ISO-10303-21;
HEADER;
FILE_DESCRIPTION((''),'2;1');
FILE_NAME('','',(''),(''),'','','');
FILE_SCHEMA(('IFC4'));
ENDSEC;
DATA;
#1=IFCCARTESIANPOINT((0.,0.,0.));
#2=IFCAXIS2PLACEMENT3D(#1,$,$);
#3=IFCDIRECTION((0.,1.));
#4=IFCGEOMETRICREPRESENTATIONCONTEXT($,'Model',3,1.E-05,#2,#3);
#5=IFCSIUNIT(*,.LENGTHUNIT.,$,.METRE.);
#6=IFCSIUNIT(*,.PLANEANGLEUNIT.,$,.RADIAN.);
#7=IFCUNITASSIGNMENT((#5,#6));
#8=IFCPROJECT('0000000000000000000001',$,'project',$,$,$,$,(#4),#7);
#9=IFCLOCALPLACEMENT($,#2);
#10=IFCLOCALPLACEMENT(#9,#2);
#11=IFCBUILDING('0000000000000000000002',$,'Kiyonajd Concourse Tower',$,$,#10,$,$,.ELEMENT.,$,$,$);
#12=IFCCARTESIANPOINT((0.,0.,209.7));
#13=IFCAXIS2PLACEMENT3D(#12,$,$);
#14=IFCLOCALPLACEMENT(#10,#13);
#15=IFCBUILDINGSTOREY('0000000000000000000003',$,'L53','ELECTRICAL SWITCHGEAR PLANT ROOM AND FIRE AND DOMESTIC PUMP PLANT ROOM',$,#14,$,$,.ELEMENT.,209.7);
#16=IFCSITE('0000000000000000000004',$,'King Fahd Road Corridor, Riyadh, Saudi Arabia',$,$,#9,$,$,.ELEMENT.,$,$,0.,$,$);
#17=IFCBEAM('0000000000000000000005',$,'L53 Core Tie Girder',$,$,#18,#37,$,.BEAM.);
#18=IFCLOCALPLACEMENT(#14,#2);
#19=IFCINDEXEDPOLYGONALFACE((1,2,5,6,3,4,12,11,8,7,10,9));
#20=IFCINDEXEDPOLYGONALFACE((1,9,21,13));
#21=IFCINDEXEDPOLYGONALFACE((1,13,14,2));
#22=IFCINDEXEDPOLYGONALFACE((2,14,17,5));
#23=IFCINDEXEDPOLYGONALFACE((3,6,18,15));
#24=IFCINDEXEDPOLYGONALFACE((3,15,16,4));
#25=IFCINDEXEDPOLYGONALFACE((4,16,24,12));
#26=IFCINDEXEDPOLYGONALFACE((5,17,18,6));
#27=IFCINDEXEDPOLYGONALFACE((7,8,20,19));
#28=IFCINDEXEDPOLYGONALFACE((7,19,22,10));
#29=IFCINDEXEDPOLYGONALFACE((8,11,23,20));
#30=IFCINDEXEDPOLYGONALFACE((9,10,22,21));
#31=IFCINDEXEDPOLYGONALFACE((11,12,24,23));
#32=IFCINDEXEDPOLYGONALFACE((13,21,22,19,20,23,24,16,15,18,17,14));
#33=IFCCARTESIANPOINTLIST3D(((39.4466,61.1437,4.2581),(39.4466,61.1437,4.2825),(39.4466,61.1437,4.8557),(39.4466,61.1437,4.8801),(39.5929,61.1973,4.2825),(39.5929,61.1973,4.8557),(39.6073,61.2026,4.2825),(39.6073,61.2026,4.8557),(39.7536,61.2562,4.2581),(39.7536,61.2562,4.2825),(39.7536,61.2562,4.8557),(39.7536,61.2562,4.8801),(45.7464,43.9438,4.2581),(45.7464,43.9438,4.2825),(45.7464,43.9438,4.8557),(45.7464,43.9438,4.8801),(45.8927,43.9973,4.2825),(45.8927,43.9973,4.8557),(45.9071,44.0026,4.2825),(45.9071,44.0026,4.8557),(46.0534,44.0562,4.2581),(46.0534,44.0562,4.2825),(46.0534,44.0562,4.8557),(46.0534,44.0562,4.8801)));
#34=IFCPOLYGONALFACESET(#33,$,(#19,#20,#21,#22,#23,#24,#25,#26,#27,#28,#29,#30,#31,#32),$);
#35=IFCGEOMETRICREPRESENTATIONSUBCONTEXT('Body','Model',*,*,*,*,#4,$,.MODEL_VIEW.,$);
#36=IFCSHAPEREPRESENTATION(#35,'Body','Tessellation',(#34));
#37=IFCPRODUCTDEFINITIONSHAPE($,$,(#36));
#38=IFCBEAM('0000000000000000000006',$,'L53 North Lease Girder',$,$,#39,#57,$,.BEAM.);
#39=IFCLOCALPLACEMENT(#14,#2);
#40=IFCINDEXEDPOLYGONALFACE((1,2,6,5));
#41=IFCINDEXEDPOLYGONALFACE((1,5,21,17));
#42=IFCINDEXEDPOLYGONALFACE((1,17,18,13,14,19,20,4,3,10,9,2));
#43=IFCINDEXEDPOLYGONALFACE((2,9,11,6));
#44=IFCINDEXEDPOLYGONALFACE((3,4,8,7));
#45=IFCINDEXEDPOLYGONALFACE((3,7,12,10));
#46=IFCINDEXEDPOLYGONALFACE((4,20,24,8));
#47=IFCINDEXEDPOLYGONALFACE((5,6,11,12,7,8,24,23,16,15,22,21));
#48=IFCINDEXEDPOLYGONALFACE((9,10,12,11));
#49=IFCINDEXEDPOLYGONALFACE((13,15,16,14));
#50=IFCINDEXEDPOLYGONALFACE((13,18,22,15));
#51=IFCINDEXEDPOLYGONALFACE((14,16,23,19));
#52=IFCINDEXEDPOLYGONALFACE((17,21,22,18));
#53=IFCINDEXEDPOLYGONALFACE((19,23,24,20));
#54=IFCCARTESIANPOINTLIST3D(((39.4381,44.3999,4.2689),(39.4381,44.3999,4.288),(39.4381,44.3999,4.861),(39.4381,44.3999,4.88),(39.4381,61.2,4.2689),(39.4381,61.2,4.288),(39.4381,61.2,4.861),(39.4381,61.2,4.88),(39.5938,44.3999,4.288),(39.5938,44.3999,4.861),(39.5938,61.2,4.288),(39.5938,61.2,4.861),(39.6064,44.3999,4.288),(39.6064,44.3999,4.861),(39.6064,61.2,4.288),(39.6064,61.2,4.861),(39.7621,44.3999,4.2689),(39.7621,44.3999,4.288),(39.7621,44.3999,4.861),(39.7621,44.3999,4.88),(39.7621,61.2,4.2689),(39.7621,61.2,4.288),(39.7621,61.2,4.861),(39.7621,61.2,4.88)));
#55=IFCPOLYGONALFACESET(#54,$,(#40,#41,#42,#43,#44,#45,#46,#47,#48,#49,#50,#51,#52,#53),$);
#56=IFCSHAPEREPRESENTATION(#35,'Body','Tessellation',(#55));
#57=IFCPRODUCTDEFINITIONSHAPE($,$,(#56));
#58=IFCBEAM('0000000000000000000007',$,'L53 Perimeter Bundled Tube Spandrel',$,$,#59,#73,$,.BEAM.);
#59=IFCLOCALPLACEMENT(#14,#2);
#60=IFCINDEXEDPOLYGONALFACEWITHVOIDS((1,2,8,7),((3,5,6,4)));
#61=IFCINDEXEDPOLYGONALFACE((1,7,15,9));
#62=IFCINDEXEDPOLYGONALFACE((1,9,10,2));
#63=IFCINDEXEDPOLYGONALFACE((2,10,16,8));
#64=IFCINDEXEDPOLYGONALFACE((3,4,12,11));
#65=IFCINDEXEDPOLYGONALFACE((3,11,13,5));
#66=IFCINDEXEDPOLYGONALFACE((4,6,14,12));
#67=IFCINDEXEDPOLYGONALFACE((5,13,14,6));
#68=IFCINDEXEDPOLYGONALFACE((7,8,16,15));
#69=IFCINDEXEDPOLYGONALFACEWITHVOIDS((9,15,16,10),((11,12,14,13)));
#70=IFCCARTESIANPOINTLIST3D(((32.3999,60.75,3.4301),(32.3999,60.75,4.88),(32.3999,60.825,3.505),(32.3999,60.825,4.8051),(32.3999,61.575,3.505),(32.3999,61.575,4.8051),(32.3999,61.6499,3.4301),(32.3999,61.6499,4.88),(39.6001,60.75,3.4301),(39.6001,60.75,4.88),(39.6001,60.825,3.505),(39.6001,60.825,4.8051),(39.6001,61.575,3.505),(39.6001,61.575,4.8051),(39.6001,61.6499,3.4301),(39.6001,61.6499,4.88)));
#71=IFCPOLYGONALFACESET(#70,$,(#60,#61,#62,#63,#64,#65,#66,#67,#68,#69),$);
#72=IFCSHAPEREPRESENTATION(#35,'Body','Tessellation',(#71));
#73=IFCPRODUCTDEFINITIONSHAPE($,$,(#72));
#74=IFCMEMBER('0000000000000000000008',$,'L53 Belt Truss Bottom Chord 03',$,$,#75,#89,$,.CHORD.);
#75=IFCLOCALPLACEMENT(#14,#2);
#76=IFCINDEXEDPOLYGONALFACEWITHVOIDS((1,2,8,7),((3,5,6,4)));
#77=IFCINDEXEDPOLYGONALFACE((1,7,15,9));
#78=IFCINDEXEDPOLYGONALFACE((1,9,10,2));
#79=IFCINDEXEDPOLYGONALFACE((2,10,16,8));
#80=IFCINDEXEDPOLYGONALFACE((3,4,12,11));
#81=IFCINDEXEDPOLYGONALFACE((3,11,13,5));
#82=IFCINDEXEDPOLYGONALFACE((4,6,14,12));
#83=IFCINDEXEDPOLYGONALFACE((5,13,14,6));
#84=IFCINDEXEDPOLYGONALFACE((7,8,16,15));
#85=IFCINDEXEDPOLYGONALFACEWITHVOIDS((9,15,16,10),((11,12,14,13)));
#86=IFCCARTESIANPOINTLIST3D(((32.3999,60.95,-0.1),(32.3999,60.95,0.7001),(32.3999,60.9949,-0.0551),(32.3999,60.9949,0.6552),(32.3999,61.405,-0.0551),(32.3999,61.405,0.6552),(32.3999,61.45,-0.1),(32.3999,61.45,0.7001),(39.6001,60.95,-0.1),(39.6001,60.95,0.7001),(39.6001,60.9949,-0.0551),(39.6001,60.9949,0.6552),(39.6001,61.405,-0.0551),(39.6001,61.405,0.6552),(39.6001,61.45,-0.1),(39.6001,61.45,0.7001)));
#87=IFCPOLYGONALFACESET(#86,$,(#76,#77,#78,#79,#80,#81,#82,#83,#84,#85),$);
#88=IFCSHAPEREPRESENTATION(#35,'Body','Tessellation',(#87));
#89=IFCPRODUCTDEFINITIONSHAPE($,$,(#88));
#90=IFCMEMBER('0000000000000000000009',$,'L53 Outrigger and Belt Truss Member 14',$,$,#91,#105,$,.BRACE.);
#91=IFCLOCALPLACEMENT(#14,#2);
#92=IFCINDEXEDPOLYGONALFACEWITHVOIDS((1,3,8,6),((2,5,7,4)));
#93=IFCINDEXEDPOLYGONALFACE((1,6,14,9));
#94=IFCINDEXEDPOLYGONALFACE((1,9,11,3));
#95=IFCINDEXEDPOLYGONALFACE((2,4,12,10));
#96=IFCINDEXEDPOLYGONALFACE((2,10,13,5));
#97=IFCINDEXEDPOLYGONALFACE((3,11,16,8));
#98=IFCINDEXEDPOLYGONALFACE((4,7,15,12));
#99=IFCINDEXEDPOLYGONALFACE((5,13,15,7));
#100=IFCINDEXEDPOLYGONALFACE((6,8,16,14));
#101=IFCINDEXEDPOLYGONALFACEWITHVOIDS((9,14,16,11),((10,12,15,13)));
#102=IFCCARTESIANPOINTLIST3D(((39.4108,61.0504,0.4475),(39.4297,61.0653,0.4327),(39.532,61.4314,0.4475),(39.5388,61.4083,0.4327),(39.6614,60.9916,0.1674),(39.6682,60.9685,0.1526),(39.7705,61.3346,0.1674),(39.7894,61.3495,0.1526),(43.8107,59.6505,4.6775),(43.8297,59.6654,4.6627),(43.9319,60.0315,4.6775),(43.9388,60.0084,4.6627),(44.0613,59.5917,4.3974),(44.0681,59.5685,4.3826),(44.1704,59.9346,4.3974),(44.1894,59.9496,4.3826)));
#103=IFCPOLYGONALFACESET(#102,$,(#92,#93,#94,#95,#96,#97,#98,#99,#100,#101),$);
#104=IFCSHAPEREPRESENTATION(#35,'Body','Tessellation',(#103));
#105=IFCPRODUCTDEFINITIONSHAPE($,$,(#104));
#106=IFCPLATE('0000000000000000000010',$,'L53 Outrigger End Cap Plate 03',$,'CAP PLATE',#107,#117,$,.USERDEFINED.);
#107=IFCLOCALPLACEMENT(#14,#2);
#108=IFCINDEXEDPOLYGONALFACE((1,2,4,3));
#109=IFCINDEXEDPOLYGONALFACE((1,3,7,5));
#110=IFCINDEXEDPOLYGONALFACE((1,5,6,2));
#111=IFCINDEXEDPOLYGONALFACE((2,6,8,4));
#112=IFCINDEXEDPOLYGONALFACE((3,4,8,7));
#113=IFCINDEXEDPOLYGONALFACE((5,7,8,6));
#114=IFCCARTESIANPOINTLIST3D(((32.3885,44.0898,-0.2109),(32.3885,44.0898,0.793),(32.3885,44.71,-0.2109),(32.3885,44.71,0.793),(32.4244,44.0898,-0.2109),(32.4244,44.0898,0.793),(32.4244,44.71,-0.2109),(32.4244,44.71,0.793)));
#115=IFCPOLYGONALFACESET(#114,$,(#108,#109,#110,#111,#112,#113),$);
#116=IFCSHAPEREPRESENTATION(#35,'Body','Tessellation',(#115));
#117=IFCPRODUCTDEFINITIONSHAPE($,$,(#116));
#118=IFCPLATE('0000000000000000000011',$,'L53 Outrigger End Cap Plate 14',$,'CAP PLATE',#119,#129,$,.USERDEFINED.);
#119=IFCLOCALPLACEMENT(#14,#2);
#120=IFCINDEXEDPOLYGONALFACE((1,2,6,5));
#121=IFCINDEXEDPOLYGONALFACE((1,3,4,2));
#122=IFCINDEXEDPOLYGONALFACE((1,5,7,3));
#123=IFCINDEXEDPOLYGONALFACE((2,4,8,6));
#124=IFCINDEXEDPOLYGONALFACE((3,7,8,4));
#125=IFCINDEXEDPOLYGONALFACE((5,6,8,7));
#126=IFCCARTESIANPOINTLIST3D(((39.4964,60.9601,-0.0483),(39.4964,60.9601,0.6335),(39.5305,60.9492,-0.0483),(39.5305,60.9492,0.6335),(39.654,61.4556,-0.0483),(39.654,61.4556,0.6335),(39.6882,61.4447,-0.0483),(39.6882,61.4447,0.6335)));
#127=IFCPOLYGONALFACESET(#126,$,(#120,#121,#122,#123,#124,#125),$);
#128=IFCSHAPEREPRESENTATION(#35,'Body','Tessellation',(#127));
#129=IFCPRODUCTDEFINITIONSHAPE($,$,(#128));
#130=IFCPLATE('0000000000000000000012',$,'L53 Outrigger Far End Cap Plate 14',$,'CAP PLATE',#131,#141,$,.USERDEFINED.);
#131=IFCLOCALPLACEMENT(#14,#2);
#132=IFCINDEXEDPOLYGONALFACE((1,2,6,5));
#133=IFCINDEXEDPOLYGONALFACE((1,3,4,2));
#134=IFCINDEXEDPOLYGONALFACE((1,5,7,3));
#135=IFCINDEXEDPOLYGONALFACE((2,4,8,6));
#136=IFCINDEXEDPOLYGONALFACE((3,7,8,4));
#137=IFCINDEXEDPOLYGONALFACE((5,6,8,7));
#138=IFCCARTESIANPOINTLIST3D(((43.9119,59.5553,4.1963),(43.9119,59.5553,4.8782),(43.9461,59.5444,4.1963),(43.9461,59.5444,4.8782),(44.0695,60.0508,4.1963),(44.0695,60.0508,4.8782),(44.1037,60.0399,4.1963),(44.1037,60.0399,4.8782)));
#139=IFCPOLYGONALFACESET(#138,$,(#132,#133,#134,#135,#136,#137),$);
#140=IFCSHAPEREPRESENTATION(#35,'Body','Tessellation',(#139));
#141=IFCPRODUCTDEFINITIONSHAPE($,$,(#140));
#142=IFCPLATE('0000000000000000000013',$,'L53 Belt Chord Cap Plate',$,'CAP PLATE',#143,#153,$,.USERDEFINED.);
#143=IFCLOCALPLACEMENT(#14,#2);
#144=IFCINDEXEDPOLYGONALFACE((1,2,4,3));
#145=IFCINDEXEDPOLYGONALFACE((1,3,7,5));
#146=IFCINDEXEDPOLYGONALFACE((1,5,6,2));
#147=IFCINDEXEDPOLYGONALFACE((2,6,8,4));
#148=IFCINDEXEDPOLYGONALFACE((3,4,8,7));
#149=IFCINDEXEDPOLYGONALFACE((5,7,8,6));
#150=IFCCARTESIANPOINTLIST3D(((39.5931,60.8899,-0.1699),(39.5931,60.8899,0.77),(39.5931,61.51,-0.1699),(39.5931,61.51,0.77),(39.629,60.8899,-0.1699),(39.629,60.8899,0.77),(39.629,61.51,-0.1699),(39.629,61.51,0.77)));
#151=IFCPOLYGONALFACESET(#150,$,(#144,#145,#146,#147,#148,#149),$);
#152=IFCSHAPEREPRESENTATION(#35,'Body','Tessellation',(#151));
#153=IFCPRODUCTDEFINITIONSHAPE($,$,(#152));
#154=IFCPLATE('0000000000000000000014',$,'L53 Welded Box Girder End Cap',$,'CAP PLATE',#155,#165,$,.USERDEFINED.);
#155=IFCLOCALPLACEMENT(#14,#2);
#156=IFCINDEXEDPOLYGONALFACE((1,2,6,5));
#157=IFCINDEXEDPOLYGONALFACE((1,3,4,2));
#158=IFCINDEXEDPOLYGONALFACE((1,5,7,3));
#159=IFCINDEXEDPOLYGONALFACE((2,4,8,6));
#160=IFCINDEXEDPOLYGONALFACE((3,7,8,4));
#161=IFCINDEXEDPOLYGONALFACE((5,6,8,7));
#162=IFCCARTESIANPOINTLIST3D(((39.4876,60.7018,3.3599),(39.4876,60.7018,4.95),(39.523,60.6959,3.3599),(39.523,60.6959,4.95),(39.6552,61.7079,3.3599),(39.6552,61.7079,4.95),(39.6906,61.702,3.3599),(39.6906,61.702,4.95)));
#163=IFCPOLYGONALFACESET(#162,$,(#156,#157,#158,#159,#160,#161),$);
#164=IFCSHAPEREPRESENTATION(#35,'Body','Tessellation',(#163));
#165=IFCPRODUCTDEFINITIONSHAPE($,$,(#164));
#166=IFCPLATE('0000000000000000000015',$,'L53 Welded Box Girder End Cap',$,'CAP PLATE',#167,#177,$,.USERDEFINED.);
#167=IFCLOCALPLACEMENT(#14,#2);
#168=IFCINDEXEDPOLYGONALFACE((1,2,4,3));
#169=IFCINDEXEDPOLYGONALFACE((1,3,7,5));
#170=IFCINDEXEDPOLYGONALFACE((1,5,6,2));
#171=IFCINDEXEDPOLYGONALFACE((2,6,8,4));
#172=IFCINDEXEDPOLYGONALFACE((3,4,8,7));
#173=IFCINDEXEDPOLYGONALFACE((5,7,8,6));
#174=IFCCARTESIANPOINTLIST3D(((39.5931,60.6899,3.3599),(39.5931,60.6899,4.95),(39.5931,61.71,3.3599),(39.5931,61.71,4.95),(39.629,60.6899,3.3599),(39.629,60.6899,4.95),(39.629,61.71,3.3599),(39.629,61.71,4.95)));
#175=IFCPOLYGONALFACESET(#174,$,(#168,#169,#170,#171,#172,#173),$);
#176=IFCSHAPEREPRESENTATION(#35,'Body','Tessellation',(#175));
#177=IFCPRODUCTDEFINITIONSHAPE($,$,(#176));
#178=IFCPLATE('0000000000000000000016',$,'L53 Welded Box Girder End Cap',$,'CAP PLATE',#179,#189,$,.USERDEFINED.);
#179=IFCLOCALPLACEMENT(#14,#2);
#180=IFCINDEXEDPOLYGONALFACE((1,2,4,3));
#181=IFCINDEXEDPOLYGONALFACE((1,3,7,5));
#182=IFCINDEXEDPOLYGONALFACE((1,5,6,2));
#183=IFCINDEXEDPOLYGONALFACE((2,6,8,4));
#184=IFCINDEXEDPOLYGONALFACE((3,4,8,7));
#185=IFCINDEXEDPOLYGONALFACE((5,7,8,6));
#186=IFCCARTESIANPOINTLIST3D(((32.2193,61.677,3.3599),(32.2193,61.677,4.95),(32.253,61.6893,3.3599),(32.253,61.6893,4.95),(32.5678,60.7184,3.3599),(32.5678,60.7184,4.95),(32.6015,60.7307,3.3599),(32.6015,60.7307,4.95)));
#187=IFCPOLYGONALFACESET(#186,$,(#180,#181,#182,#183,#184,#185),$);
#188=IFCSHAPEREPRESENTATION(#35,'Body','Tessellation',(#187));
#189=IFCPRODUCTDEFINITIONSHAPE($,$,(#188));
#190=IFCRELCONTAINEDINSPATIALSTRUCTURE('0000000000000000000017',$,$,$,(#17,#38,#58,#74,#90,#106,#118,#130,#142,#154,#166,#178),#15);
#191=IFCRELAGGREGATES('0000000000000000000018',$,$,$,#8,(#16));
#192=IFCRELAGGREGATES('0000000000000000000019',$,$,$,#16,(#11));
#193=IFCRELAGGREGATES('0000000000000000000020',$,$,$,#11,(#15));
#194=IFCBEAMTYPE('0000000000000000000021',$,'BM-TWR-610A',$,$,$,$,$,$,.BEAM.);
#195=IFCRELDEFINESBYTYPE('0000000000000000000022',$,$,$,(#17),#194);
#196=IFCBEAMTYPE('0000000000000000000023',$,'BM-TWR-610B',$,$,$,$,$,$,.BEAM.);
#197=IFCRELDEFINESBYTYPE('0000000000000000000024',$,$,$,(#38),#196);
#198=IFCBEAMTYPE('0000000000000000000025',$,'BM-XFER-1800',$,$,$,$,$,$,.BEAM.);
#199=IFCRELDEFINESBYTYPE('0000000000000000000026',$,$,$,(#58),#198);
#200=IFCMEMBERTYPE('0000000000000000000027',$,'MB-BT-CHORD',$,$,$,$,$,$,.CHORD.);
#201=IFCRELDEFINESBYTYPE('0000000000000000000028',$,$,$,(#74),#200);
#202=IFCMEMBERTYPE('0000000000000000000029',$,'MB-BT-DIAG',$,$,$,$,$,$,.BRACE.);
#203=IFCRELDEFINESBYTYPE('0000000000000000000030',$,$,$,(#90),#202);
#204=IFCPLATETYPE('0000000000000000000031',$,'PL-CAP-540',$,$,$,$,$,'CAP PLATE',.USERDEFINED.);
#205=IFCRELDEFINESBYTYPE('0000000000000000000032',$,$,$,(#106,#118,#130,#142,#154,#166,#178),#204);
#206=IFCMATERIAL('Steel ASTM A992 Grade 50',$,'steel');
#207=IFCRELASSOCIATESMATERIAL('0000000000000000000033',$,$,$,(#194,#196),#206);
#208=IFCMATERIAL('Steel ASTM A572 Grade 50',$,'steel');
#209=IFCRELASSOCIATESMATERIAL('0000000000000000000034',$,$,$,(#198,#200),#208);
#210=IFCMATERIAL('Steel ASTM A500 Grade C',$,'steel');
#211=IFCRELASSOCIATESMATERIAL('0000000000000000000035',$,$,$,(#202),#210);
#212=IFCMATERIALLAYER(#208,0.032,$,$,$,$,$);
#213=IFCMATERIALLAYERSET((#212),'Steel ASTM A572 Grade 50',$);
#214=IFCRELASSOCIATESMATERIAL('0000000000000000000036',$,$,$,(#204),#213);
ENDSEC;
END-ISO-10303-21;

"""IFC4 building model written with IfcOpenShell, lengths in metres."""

from ifc_helpers import new_model, si_unit, direction, frame, origin, origin_2d, place, context, subcontext, project, spatial, rectangle, hollow_rectangle, i_section, extrude, material, layer, layer_set, material_profile, profile_set, type_object, element, save


model = new_model("IFC4")

# Units and contexts
model_context = context("Model", 3, precision=1e-05, world=origin(), true_north=direction((0.0, 1.0)))
body_context = subcontext(model_context, "Body", "Model", "MODEL_VIEW")
ifc_project = project(units=[si_unit("LENGTHUNIT", "METRE"), si_unit("PLANEANGLEUNIT", "RADIAN")], contexts=[model_context])

# Site, building, storey
site_placement = place(None, origin())
site = spatial("IfcSite", under=ifc_project, at=site_placement, Name="King Fahd Road Corridor, Riyadh, Saudi Arabia", CompositionType="ELEMENT", RefElevation=0.0)
building_placement = place(site_placement, origin())
building = spatial("IfcBuilding", under=site, at=building_placement, Name="Kiyonajd Concourse Tower", CompositionType="ELEMENT")
storey_placement = place(building_placement, frame((0.0, 0.0, 209.7)))
storey = spatial("IfcBuildingStorey", under=building, at=storey_placement, Name="L53", Description="ELECTRICAL SWITCHGEAR PLANT ROOM AND FIRE AND DOMESTIC PUMP PLANT ROOM", CompositionType="ELEMENT", Elevation=209.7)

# Beams
ifc_material_1 = material(Name="Steel ASTM A992 Grade 50", Category="steel")
ifc_material_profile_1 = material_profile(ifc_material_1, i_section(OverallWidth=0.3269, OverallDepth=0.6221, WebThickness=0.0154, FlangeThickness=0.0244, at=origin_2d()), Name="W610X195")
ifc_profile_set_1 = profile_set([ifc_material_profile_1], Name="Steel ASTM A992 Grade 50")
beam_type_1 = type_object("IfcBeamType", Name="BM-TWR-610A", PredefinedType="BEAM", material=ifc_profile_set_1)
beam_1_placement = place(storey_placement, frame((39.6001, 61.2, 4.5691), z_axis=(0.343925, -0.938997, 0.0), x_axis=(0.938997, 0.343925, 0.0)))
element("IfcBeam", 1, at=beam_1_placement, inside=storey, type_object=beam_type_1, Name="L53 Core Tie Girder", PredefinedType="BEAM", context=body_context, shape_type="SweptSolid", body=[
    extrude(i_section(OverallWidth=0.3269, OverallDepth=0.6221, WebThickness=0.0154, FlangeThickness=0.0244, at=origin_2d()), origin(), (0.0, 0.0, 1.0), 18.3174),
])
ifc_material_profile_2 = material_profile(ifc_material_1, i_section(OverallWidth=0.324, OverallDepth=0.6111, WebThickness=0.0127, FlangeThickness=0.019, at=origin_2d()), Name="W610X155")
ifc_profile_set_2 = profile_set([ifc_material_profile_2], Name="Steel ASTM A992 Grade 50")
beam_type_2 = type_object("IfcBeamType", Name="BM-TWR-610B", PredefinedType="BEAM", material=ifc_profile_set_2)
beam_2_placement = place(storey_placement, frame((39.6001, 44.3999, 4.5745), z_axis=(0.0, 1.0, 0.0), x_axis=(-1.0, 0.0, 0.0)))
element("IfcBeam", 2, at=beam_2_placement, inside=storey, type_object=beam_type_2, Name="L53 North Lease Girder", PredefinedType="BEAM", context=body_context, shape_type="SweptSolid", body=[
    extrude(i_section(OverallWidth=0.324, OverallDepth=0.6111, WebThickness=0.0127, FlangeThickness=0.019, at=origin_2d()), origin(), (0.0, 0.0, 1.0), 16.8),
])
ifc_material_2 = material(Name="Steel ASTM A572 Grade 50", Category="steel")
ifc_material_profile_3 = material_profile(ifc_material_2, hollow_rectangle(XDim=0.8999, YDim=1.45, WallThickness=0.075, at=origin_2d()), Name="BOX-1450x900x75")
ifc_profile_set_3 = profile_set([ifc_material_profile_3], Name="Steel ASTM A572 Grade 50")
beam_type_3 = type_object("IfcBeamType", Name="BM-XFER-1800", PredefinedType="BEAM", material=ifc_profile_set_3)
beam_3_placement = place(storey_placement, frame((39.6001, 61.2, 4.155), z_axis=(-1.0, 0.0, 0.0), x_axis=(0.0, -1.0, 0.0)))
element("IfcBeam", 3, at=beam_3_placement, inside=storey, type_object=beam_type_3, Name="L53 Perimeter Bundled Tube Spandrel", PredefinedType="BEAM", context=body_context, shape_type="SweptSolid", body=[
    extrude(hollow_rectangle(XDim=0.8999, YDim=1.45, WallThickness=0.075, at=origin_2d()), origin(), (0.0, 0.0, 1.0), 7.2002),
])

# Members
ifc_material_profile_4 = material_profile(ifc_material_2, hollow_rectangle(XDim=0.5, YDim=0.8, WallThickness=0.0449, at=origin_2d()), Name="BOX-800x500x45")
ifc_profile_set_4 = profile_set([ifc_material_profile_4], Name="Steel ASTM A572 Grade 50")
member_type_1 = type_object("IfcMemberType", Name="MB-BT-CHORD", PredefinedType="CHORD", material=ifc_profile_set_4)
member_1_placement = place(storey_placement, frame((32.3999, 61.2, 0.3), z_axis=(1.0, 0.0, 0.0), x_axis=(0.0, 1.0, 0.0)))
element("IfcMember", 4, at=member_1_placement, inside=storey, type_object=member_type_1, Name="L53 Belt Truss Bottom Chord 03", PredefinedType="CHORD", context=body_context, shape_type="SweptSolid", body=[
    extrude(hollow_rectangle(XDim=0.5, YDim=0.8, WallThickness=0.0449, at=origin_2d()), origin(), (0.0, 0.0, 1.0), 7.2002),
])
ifc_material_3 = material(Name="Steel ASTM A500 Grade C", Category="steel")
ifc_material_profile_5 = material_profile(ifc_material_3, hollow_rectangle(XDim=0.3999, YDim=0.3999, WallThickness=0.02, at=origin_2d()), Name="HSS-400x400x20")
ifc_profile_set_5 = profile_set([ifc_material_profile_5], Name="Steel ASTM A500 Grade C")
member_type_2 = type_object("IfcMemberType", Name="MB-BT-DIAG", PredefinedType="BRACE", material=ifc_profile_set_5)
member_2_placement = place(storey_placement, frame((39.6001, 61.2, 0.3), z_axis=(0.702645, -0.223558, 0.675509), x_axis=(0.303191, 0.95293, 0.0)))
element("IfcMember", 5, at=member_2_placement, inside=storey, type_object=member_type_2, Name="L53 Outrigger and Belt Truss Member 14", PredefinedType="BRACE", context=body_context, shape_type="SweptSolid", body=[
    extrude(hollow_rectangle(XDim=0.3999, YDim=0.3999, WallThickness=0.02, at=origin_2d()), origin(), (0.0, 0.0, 1.0), 6.262),
])

# Plates
ifc_layer_1 = layer(ifc_material_2, 0.032)
ifc_layer_set_1 = layer_set([ifc_layer_1], Name="Steel ASTM A572 Grade 50")
plate_type = type_object("IfcPlateType", Name="PL-CAP-540", ElementType="CAP PLATE", PredefinedType="USERDEFINED", material=ifc_layer_set_1)
plate_1_placement = place(storey_placement, frame((32.4065, 44.3999, -0.2109), z_axis=(0.0, 0.0, 1.0), x_axis=(1.0, 0.0, 0.0)))
element("IfcPlate", 6, at=plate_1_placement, inside=storey, type_object=plate_type, Name="L53 Outrigger End Cap Plate 03", ObjectType="CAP PLATE", PredefinedType="USERDEFINED", context=body_context, shape_type="SweptSolid", body=[
    extrude(rectangle(XDim=0.0359, YDim=0.6201, at=origin_2d()), origin(), (0.0, 0.0, 1.0), 1.0039),
])
for number, where, z_axis, x_axis, name in (
    (7, (39.5923, 61.2024, -0.0483), (0.0, 0.0, 1.0), (-0.952926, 0.303202, 0.0), "L53 Outrigger End Cap Plate 14"),
    (8, (44.0078, 59.7976, 4.1963), (0.0, 0.0, 1.0), (0.952926, -0.303202, 0.0), "L53 Outrigger Far End Cap Plate 14"),
):
    element("IfcPlate", number, at=place(storey_placement, frame(where, z_axis=z_axis, x_axis=x_axis)), inside=storey, type_object=plate_type, Name=name, ObjectType="CAP PLATE", PredefinedType="USERDEFINED", context=body_context, shape_type="SweptSolid", body=[
        extrude(rectangle(XDim=0.0359, YDim=0.52, at=origin_2d()), origin(), (0.0, 0.0, 1.0), 0.6819),
    ])
plate_2_placement = place(storey_placement, frame((39.6111, 61.2, -0.1699), z_axis=(0.0, 0.0, 1.0), x_axis=(1.0, 0.0, 0.0)))
element("IfcPlate", 9, at=plate_2_placement, inside=storey, type_object=plate_type, Name="L53 Belt Chord Cap Plate", ObjectType="CAP PLATE", PredefinedType="USERDEFINED", context=body_context, shape_type="SweptSolid", body=[
    extrude(rectangle(XDim=0.0359, YDim=0.6201, at=origin_2d()), origin(), (0.0, 0.0, 1.0), 0.9399),
])
for number, where, z_axis, x_axis, name in (
    (10, (39.5891, 61.2019, 3.3599), (0.0, 0.0, 1.0), (-0.986401, 0.164359, 0.0), "L53 Welded Box Girder End Cap"),
    (11, (39.6111, 61.2, 3.3599), (0.0, 0.0, 1.0), (1.0, 0.0, 0.0), "L53 Welded Box Girder End Cap"),
    (12, (32.4104, 61.2039, 3.3599), (0.0, 0.0, 1.0), (0.939812, 0.341692, 0.0), "L53 Welded Box Girder End Cap"),
):
    element("IfcPlate", number, at=place(storey_placement, frame(where, z_axis=z_axis, x_axis=x_axis)), inside=storey, type_object=plate_type, Name=name, ObjectType="CAP PLATE", PredefinedType="USERDEFINED", context=body_context, shape_type="SweptSolid", body=[
        extrude(rectangle(XDim=0.0359, YDim=1.02, at=origin_2d()), origin(), (0.0, 0.0, 1.0), 1.5901),
    ])

save(model, "model.ifc")
